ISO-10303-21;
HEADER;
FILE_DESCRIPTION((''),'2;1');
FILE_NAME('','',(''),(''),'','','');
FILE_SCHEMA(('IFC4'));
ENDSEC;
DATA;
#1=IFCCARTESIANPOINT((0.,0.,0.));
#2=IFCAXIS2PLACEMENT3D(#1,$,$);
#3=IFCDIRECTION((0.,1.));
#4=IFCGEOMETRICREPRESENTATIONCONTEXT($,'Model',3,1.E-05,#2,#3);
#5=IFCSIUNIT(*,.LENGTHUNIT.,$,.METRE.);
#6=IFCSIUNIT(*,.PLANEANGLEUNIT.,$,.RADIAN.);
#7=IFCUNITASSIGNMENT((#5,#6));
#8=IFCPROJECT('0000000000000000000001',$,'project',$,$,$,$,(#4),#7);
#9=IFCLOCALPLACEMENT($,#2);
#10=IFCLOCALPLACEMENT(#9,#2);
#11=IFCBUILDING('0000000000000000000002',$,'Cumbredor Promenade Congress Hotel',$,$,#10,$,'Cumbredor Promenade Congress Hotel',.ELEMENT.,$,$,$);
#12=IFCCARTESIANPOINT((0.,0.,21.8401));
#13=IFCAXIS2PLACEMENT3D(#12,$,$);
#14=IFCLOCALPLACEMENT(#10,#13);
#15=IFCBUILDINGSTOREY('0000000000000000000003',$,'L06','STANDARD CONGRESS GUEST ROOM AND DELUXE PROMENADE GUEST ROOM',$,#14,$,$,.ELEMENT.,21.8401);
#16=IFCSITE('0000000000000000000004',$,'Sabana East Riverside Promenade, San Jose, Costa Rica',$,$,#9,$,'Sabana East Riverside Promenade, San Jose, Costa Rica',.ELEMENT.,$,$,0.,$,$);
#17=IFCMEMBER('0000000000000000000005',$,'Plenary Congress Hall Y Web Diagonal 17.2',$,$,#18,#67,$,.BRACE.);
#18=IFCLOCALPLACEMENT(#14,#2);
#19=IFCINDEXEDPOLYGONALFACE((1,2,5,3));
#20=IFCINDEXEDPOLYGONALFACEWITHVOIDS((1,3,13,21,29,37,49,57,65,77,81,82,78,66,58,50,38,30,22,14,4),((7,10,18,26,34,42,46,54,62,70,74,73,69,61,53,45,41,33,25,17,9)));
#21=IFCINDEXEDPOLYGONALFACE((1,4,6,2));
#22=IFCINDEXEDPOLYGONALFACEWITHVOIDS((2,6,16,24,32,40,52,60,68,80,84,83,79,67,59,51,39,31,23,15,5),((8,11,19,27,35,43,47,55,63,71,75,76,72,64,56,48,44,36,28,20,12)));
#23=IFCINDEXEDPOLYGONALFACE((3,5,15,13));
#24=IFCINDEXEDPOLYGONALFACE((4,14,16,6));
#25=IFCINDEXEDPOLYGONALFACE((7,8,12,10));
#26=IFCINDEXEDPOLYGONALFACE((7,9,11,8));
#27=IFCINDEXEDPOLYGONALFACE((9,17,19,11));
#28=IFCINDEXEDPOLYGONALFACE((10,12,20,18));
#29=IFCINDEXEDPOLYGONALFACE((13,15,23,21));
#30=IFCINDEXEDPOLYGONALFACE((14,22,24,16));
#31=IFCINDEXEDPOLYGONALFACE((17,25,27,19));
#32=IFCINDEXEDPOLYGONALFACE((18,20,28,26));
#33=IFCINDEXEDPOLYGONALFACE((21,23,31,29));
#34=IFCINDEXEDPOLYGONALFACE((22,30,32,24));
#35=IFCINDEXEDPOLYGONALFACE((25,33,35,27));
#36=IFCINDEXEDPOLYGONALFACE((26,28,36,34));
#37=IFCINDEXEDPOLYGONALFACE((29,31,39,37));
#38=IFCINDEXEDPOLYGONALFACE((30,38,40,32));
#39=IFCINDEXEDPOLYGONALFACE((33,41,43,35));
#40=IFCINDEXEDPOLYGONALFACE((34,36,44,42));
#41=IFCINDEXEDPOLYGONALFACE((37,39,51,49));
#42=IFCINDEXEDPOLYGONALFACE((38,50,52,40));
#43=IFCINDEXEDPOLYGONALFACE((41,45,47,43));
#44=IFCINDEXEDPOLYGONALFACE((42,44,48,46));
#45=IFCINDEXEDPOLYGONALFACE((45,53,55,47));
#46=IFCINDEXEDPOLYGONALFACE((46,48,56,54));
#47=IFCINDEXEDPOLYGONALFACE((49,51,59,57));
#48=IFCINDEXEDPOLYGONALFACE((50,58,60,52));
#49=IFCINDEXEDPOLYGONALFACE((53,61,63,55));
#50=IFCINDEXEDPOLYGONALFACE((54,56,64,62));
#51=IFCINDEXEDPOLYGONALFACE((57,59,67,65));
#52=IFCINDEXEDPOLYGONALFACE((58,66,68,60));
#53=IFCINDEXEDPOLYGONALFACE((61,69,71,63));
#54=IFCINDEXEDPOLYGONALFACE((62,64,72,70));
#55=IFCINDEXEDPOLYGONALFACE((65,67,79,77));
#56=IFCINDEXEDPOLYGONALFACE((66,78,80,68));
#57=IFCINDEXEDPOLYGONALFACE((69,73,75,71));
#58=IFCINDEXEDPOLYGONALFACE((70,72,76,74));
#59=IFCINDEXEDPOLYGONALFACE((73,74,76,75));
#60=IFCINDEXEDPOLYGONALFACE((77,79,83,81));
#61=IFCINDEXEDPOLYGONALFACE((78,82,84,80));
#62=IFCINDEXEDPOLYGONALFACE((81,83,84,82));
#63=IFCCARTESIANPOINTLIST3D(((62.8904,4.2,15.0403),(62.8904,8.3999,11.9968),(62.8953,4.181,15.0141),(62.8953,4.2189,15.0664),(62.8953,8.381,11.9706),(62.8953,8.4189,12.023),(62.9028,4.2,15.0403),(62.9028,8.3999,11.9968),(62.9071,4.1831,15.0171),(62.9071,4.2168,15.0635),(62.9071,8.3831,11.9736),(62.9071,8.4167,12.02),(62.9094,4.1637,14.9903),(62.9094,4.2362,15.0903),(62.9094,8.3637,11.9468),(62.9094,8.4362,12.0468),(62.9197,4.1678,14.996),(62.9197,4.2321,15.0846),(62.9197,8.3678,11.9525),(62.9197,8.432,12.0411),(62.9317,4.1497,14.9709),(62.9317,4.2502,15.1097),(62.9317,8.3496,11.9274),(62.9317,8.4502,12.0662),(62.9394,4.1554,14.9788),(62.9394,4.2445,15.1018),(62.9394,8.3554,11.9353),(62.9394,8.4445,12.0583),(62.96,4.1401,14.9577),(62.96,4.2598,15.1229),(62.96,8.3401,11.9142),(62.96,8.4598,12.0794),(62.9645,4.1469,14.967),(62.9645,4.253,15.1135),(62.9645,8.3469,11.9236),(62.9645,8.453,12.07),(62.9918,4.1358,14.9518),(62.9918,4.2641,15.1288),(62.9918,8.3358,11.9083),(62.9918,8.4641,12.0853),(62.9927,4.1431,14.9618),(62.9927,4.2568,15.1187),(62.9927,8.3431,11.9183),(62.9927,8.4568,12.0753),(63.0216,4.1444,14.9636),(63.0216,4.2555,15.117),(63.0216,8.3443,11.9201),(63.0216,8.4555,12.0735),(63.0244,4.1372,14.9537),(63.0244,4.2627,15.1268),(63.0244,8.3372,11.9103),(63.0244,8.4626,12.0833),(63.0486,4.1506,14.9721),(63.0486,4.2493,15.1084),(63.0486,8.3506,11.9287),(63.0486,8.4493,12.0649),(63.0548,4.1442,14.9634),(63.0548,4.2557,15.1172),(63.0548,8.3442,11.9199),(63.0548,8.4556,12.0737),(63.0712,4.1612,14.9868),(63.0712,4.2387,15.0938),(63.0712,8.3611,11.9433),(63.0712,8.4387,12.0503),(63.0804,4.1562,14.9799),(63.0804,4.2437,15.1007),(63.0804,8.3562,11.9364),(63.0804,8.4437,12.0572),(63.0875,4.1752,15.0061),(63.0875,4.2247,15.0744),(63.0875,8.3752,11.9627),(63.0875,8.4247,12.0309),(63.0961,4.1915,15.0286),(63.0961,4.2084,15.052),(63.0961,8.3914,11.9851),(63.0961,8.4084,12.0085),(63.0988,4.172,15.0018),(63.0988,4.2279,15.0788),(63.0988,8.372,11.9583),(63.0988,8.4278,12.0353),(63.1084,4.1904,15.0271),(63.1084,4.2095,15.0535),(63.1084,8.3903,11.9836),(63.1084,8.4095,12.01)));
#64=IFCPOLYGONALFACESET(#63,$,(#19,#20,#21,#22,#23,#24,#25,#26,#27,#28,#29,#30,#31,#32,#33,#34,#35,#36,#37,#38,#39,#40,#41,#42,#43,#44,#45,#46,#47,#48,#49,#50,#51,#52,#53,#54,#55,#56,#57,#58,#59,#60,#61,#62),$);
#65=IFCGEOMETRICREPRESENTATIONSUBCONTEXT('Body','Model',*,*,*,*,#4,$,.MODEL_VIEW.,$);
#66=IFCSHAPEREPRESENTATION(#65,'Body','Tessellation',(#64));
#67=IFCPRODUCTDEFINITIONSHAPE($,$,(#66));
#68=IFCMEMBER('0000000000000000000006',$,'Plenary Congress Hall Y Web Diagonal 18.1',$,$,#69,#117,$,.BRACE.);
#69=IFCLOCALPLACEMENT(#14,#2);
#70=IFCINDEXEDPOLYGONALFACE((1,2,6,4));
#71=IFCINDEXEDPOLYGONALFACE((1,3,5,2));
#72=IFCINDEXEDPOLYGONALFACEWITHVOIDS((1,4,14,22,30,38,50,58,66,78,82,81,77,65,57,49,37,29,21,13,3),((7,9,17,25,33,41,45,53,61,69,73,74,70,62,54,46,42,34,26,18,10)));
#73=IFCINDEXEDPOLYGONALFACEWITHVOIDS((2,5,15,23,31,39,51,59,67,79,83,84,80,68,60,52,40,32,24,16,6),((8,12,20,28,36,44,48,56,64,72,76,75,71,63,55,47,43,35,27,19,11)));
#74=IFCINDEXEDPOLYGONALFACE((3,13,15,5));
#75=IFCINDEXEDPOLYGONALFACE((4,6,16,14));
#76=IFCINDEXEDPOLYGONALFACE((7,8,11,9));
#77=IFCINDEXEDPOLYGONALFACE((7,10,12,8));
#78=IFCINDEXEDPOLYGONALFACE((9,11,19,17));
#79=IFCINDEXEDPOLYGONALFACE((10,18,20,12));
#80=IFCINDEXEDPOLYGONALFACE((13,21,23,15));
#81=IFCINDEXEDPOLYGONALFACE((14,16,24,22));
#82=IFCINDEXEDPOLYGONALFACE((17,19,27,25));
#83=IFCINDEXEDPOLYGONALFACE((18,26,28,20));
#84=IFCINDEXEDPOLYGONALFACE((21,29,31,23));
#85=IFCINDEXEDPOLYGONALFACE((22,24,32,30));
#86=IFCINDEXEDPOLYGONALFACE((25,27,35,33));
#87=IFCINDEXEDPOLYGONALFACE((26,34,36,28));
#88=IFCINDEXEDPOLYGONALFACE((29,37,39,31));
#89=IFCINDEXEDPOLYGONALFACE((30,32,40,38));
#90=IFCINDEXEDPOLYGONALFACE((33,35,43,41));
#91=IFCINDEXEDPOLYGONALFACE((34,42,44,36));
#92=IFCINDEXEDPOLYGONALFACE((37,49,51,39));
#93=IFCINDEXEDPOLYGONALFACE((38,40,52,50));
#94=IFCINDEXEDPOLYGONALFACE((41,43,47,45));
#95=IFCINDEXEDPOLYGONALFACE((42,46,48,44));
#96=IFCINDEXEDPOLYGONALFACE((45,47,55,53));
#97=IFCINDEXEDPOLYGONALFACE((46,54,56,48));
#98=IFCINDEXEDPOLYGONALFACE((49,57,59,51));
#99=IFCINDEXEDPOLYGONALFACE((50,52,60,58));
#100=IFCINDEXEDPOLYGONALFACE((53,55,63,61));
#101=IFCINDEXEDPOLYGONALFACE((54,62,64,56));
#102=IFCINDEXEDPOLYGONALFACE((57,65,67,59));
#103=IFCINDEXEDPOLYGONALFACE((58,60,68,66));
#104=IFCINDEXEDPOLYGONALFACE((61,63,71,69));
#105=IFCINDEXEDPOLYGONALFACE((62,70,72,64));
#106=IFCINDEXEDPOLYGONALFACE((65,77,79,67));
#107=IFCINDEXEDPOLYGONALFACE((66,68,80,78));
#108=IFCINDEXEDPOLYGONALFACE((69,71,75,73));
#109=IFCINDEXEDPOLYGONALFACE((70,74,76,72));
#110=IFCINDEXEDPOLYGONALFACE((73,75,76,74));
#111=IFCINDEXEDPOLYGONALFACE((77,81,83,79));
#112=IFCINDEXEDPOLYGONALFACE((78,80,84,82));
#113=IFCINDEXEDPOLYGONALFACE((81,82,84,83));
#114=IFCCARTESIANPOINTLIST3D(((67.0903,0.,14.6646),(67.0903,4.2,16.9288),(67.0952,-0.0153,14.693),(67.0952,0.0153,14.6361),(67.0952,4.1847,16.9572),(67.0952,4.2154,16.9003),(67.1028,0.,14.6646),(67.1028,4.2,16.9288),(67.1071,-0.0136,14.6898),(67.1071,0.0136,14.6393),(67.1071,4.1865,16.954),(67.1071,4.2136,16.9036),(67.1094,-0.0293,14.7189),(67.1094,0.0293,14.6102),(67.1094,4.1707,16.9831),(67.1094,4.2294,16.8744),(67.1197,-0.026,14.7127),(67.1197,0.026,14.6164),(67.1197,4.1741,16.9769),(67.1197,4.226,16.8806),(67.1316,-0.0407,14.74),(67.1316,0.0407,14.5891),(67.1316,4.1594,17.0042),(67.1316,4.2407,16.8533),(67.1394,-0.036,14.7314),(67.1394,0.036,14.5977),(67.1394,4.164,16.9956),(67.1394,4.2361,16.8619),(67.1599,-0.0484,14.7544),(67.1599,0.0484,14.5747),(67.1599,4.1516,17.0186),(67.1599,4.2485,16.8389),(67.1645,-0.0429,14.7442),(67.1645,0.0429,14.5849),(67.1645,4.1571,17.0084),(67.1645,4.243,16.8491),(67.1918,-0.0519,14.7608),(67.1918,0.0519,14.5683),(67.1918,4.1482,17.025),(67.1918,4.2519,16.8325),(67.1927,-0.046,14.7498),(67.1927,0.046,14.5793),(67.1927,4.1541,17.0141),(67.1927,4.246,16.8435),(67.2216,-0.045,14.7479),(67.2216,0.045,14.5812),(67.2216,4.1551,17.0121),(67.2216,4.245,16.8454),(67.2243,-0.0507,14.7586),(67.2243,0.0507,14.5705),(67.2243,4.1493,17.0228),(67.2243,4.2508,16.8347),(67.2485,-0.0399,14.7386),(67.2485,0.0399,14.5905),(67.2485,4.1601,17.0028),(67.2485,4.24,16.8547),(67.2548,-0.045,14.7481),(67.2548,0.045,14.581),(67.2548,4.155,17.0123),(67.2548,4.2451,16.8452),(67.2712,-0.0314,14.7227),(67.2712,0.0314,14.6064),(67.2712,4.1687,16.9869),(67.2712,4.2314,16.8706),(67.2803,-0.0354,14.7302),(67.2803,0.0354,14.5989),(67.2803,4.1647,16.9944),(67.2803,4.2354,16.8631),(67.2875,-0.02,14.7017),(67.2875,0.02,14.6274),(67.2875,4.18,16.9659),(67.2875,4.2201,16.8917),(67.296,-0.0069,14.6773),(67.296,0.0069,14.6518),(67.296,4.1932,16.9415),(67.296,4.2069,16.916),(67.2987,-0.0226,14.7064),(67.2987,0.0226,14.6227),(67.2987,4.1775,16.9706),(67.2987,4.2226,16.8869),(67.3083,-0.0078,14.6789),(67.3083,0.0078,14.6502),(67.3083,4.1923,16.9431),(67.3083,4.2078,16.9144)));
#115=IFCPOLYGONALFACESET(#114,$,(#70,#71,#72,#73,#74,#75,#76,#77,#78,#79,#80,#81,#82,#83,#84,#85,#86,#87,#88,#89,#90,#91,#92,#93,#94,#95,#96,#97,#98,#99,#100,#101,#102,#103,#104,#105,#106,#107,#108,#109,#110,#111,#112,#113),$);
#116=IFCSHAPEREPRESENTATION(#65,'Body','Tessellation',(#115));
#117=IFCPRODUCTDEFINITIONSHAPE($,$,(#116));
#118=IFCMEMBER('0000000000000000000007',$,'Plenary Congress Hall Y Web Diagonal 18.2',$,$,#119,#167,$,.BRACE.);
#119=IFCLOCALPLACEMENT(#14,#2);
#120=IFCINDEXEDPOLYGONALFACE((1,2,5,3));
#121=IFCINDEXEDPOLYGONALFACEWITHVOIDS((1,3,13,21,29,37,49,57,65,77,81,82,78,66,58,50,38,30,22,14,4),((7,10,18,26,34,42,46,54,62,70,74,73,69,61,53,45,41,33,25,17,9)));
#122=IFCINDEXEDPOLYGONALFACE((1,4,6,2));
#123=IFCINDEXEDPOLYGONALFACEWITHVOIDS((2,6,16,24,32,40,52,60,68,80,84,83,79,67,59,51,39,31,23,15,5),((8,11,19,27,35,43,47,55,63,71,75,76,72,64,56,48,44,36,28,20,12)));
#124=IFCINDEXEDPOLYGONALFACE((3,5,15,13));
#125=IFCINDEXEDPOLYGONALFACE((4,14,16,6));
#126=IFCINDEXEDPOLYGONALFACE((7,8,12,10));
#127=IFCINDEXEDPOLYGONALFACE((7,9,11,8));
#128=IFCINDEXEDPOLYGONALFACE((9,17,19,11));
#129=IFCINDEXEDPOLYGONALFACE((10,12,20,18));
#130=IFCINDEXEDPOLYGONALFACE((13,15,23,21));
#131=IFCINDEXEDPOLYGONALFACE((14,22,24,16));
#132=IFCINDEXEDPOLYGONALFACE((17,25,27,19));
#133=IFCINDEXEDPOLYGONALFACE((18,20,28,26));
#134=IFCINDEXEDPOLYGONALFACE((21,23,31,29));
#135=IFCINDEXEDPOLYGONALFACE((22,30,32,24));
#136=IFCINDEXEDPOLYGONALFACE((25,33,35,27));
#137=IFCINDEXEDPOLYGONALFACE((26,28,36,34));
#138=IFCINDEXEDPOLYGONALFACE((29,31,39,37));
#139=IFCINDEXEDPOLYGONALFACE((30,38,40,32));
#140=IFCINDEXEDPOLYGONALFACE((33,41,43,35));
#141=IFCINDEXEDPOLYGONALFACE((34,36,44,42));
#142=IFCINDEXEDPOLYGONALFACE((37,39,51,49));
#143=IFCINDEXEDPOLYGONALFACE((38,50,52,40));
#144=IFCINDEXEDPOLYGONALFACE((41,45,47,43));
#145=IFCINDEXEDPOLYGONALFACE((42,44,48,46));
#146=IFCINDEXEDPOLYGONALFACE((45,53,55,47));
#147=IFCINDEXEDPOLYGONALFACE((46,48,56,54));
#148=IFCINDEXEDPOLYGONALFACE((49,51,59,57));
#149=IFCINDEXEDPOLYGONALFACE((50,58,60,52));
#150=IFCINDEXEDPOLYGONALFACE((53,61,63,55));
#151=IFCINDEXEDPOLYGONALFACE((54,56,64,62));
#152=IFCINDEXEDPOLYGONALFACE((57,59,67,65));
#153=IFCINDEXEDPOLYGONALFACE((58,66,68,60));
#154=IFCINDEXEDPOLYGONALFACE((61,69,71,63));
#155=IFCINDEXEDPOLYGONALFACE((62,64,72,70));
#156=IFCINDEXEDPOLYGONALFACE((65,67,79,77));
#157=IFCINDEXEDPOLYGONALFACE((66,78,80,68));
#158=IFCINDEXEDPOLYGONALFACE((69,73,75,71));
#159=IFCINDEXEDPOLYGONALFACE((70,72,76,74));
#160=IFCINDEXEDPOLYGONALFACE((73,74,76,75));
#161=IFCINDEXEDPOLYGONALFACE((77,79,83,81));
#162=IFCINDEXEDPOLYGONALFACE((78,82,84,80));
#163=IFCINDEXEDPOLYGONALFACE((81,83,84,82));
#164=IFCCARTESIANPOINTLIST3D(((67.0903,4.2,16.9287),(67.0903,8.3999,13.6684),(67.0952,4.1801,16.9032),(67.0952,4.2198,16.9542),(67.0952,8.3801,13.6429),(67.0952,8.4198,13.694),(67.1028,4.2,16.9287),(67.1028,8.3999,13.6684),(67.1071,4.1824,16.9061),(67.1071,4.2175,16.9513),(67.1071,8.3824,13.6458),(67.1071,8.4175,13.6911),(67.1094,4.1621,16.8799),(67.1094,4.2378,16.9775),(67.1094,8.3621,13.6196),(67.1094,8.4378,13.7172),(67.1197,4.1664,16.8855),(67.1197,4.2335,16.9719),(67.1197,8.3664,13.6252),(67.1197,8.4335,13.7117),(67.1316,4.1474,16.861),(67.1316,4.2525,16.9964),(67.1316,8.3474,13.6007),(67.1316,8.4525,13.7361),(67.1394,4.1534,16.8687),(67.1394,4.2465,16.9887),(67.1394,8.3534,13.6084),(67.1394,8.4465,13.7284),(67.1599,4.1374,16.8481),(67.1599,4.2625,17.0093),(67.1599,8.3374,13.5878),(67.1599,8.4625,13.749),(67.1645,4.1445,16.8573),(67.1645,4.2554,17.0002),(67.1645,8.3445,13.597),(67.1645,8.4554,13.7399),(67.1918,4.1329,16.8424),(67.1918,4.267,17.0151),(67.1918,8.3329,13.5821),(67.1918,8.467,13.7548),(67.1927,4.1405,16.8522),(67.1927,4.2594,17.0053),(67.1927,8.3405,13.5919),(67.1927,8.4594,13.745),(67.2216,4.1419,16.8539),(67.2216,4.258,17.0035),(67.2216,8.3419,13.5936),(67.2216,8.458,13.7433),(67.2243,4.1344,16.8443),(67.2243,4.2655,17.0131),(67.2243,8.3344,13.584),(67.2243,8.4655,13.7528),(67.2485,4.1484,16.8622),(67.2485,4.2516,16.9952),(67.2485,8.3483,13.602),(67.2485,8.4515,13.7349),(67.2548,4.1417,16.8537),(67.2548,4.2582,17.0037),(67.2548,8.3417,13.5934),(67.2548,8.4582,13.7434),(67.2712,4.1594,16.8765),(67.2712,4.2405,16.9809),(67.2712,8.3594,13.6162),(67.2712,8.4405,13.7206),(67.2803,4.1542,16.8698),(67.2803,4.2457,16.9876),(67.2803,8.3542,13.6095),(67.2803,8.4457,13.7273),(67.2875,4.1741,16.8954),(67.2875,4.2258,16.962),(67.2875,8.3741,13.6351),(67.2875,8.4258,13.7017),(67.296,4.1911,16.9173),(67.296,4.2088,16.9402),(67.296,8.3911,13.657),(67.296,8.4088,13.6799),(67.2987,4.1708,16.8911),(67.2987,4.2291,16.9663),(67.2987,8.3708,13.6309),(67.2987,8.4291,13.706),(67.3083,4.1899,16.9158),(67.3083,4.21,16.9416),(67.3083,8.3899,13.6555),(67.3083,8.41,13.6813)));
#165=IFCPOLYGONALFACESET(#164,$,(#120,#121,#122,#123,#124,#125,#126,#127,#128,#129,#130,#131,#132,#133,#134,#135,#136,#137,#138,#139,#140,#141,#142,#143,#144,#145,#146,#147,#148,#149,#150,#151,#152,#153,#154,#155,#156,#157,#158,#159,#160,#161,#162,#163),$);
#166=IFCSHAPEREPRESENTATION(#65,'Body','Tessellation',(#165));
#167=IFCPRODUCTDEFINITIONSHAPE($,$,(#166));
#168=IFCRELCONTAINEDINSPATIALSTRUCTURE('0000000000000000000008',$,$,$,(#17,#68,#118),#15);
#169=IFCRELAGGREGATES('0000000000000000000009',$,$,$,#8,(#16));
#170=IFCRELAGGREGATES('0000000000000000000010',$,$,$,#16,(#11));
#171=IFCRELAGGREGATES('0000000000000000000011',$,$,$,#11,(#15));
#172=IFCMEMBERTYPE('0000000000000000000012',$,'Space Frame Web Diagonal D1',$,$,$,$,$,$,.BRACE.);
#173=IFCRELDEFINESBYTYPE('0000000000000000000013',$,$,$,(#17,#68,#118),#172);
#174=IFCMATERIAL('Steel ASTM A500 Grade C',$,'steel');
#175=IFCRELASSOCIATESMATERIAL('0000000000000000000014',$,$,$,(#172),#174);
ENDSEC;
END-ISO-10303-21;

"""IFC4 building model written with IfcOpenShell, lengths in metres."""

from ifc_helpers import new_model, si_unit, direction, frame, origin, origin_2d, place, context, subcontext, project, spatial, hollow_circle, extrude, material, material_profile, profile_set, type_object, element, save


model = new_model("IFC4")

# Units and contexts
model_context = context("Model", 3, precision=1e-05, world=origin(), true_north=direction((0.0, 1.0)))
body_context = subcontext(model_context, "Body", "Model", "MODEL_VIEW")
ifc_project = project(units=[si_unit("LENGTHUNIT", "METRE"), si_unit("PLANEANGLEUNIT", "RADIAN")], contexts=[model_context])

# Site, building, storey
site_placement = place(None, origin())
site = spatial("IfcSite", under=ifc_project, at=site_placement, Name="Sabana East Riverside Promenade, San Jose, Costa Rica", LongName="Sabana East Riverside Promenade, San Jose, Costa Rica", CompositionType="ELEMENT", RefElevation=0.0)
building_placement = place(site_placement, origin())
building = spatial("IfcBuilding", under=site, at=building_placement, Name="Cumbredor Promenade Congress Hotel", LongName="Cumbredor Promenade Congress Hotel", CompositionType="ELEMENT")
storey_placement = place(building_placement, frame((0.0, 0.0, 21.8401)))
storey = spatial("IfcBuildingStorey", under=building, at=storey_placement, Name="L06", Description="STANDARD CONGRESS GUEST ROOM AND DELUXE PROMENADE GUEST ROOM", CompositionType="ELEMENT", Elevation=21.8401)

# Members
ifc_material_1 = material(Name="Steel ASTM A500 Grade C", Category="steel")
ifc_material_profile_1 = material_profile(ifc_material_1, hollow_circle(Radius=0.1096, WallThickness=0.0125, at=origin_2d()), Name="CHS 219.1x12.5")
ifc_profile_set_1 = profile_set([ifc_material_profile_1], Name="Steel ASTM A500 Grade C")
member_type_1 = type_object("IfcMemberType", Name="Space Frame Web Diagonal D1", PredefinedType="BRACE", material=ifc_profile_set_1)
member_1_placement = place(storey_placement, frame((63.0, 4.2, 15.0403), z_axis=(0.0, 0.809749, -0.586777), x_axis=(-1.0, 0.0, 0.0)))
element("IfcMember", 1, at=member_1_placement, inside=storey, type_object=member_type_1, Name="Plenary Congress Hall Y Web Diagonal 17.2", PredefinedType="BRACE", context=body_context, shape_type="SweptSolid", body=[
    extrude(hollow_circle(Radius=0.1096, WallThickness=0.0125, at=origin_2d()), origin(), (0.0, 0.0, 1.0), 5.1868),
])
member_2_placement = place(storey_placement, frame((67.2, 0.0, 14.6646), z_axis=(0.0, 0.880239, 0.47453), x_axis=(-1.0, 0.0, 0.0)))
element("IfcMember", 2, at=member_2_placement, inside=storey, type_object=member_type_1, Name="Plenary Congress Hall Y Web Diagonal 18.1", PredefinedType="BRACE", context=body_context, shape_type="SweptSolid", body=[
    extrude(hollow_circle(Radius=0.1096, WallThickness=0.0125, at=origin_2d()), origin(), (0.0, 0.0, 1.0), 4.7715),
])
member_3_placement = place(storey_placement, frame((67.2, 4.2, 16.9287), z_axis=(0.0, 0.789933, -0.613193), x_axis=(-1.0, 0.0, 0.0)))
element("IfcMember", 3, at=member_3_placement, inside=storey, type_object=member_type_1, Name="Plenary Congress Hall Y Web Diagonal 18.2", PredefinedType="BRACE", context=body_context, shape_type="SweptSolid", body=[
    extrude(hollow_circle(Radius=0.1096, WallThickness=0.0125, at=origin_2d()), origin(), (0.0, 0.0, 1.0), 5.3169),
])

save(model, "model.ifc")
